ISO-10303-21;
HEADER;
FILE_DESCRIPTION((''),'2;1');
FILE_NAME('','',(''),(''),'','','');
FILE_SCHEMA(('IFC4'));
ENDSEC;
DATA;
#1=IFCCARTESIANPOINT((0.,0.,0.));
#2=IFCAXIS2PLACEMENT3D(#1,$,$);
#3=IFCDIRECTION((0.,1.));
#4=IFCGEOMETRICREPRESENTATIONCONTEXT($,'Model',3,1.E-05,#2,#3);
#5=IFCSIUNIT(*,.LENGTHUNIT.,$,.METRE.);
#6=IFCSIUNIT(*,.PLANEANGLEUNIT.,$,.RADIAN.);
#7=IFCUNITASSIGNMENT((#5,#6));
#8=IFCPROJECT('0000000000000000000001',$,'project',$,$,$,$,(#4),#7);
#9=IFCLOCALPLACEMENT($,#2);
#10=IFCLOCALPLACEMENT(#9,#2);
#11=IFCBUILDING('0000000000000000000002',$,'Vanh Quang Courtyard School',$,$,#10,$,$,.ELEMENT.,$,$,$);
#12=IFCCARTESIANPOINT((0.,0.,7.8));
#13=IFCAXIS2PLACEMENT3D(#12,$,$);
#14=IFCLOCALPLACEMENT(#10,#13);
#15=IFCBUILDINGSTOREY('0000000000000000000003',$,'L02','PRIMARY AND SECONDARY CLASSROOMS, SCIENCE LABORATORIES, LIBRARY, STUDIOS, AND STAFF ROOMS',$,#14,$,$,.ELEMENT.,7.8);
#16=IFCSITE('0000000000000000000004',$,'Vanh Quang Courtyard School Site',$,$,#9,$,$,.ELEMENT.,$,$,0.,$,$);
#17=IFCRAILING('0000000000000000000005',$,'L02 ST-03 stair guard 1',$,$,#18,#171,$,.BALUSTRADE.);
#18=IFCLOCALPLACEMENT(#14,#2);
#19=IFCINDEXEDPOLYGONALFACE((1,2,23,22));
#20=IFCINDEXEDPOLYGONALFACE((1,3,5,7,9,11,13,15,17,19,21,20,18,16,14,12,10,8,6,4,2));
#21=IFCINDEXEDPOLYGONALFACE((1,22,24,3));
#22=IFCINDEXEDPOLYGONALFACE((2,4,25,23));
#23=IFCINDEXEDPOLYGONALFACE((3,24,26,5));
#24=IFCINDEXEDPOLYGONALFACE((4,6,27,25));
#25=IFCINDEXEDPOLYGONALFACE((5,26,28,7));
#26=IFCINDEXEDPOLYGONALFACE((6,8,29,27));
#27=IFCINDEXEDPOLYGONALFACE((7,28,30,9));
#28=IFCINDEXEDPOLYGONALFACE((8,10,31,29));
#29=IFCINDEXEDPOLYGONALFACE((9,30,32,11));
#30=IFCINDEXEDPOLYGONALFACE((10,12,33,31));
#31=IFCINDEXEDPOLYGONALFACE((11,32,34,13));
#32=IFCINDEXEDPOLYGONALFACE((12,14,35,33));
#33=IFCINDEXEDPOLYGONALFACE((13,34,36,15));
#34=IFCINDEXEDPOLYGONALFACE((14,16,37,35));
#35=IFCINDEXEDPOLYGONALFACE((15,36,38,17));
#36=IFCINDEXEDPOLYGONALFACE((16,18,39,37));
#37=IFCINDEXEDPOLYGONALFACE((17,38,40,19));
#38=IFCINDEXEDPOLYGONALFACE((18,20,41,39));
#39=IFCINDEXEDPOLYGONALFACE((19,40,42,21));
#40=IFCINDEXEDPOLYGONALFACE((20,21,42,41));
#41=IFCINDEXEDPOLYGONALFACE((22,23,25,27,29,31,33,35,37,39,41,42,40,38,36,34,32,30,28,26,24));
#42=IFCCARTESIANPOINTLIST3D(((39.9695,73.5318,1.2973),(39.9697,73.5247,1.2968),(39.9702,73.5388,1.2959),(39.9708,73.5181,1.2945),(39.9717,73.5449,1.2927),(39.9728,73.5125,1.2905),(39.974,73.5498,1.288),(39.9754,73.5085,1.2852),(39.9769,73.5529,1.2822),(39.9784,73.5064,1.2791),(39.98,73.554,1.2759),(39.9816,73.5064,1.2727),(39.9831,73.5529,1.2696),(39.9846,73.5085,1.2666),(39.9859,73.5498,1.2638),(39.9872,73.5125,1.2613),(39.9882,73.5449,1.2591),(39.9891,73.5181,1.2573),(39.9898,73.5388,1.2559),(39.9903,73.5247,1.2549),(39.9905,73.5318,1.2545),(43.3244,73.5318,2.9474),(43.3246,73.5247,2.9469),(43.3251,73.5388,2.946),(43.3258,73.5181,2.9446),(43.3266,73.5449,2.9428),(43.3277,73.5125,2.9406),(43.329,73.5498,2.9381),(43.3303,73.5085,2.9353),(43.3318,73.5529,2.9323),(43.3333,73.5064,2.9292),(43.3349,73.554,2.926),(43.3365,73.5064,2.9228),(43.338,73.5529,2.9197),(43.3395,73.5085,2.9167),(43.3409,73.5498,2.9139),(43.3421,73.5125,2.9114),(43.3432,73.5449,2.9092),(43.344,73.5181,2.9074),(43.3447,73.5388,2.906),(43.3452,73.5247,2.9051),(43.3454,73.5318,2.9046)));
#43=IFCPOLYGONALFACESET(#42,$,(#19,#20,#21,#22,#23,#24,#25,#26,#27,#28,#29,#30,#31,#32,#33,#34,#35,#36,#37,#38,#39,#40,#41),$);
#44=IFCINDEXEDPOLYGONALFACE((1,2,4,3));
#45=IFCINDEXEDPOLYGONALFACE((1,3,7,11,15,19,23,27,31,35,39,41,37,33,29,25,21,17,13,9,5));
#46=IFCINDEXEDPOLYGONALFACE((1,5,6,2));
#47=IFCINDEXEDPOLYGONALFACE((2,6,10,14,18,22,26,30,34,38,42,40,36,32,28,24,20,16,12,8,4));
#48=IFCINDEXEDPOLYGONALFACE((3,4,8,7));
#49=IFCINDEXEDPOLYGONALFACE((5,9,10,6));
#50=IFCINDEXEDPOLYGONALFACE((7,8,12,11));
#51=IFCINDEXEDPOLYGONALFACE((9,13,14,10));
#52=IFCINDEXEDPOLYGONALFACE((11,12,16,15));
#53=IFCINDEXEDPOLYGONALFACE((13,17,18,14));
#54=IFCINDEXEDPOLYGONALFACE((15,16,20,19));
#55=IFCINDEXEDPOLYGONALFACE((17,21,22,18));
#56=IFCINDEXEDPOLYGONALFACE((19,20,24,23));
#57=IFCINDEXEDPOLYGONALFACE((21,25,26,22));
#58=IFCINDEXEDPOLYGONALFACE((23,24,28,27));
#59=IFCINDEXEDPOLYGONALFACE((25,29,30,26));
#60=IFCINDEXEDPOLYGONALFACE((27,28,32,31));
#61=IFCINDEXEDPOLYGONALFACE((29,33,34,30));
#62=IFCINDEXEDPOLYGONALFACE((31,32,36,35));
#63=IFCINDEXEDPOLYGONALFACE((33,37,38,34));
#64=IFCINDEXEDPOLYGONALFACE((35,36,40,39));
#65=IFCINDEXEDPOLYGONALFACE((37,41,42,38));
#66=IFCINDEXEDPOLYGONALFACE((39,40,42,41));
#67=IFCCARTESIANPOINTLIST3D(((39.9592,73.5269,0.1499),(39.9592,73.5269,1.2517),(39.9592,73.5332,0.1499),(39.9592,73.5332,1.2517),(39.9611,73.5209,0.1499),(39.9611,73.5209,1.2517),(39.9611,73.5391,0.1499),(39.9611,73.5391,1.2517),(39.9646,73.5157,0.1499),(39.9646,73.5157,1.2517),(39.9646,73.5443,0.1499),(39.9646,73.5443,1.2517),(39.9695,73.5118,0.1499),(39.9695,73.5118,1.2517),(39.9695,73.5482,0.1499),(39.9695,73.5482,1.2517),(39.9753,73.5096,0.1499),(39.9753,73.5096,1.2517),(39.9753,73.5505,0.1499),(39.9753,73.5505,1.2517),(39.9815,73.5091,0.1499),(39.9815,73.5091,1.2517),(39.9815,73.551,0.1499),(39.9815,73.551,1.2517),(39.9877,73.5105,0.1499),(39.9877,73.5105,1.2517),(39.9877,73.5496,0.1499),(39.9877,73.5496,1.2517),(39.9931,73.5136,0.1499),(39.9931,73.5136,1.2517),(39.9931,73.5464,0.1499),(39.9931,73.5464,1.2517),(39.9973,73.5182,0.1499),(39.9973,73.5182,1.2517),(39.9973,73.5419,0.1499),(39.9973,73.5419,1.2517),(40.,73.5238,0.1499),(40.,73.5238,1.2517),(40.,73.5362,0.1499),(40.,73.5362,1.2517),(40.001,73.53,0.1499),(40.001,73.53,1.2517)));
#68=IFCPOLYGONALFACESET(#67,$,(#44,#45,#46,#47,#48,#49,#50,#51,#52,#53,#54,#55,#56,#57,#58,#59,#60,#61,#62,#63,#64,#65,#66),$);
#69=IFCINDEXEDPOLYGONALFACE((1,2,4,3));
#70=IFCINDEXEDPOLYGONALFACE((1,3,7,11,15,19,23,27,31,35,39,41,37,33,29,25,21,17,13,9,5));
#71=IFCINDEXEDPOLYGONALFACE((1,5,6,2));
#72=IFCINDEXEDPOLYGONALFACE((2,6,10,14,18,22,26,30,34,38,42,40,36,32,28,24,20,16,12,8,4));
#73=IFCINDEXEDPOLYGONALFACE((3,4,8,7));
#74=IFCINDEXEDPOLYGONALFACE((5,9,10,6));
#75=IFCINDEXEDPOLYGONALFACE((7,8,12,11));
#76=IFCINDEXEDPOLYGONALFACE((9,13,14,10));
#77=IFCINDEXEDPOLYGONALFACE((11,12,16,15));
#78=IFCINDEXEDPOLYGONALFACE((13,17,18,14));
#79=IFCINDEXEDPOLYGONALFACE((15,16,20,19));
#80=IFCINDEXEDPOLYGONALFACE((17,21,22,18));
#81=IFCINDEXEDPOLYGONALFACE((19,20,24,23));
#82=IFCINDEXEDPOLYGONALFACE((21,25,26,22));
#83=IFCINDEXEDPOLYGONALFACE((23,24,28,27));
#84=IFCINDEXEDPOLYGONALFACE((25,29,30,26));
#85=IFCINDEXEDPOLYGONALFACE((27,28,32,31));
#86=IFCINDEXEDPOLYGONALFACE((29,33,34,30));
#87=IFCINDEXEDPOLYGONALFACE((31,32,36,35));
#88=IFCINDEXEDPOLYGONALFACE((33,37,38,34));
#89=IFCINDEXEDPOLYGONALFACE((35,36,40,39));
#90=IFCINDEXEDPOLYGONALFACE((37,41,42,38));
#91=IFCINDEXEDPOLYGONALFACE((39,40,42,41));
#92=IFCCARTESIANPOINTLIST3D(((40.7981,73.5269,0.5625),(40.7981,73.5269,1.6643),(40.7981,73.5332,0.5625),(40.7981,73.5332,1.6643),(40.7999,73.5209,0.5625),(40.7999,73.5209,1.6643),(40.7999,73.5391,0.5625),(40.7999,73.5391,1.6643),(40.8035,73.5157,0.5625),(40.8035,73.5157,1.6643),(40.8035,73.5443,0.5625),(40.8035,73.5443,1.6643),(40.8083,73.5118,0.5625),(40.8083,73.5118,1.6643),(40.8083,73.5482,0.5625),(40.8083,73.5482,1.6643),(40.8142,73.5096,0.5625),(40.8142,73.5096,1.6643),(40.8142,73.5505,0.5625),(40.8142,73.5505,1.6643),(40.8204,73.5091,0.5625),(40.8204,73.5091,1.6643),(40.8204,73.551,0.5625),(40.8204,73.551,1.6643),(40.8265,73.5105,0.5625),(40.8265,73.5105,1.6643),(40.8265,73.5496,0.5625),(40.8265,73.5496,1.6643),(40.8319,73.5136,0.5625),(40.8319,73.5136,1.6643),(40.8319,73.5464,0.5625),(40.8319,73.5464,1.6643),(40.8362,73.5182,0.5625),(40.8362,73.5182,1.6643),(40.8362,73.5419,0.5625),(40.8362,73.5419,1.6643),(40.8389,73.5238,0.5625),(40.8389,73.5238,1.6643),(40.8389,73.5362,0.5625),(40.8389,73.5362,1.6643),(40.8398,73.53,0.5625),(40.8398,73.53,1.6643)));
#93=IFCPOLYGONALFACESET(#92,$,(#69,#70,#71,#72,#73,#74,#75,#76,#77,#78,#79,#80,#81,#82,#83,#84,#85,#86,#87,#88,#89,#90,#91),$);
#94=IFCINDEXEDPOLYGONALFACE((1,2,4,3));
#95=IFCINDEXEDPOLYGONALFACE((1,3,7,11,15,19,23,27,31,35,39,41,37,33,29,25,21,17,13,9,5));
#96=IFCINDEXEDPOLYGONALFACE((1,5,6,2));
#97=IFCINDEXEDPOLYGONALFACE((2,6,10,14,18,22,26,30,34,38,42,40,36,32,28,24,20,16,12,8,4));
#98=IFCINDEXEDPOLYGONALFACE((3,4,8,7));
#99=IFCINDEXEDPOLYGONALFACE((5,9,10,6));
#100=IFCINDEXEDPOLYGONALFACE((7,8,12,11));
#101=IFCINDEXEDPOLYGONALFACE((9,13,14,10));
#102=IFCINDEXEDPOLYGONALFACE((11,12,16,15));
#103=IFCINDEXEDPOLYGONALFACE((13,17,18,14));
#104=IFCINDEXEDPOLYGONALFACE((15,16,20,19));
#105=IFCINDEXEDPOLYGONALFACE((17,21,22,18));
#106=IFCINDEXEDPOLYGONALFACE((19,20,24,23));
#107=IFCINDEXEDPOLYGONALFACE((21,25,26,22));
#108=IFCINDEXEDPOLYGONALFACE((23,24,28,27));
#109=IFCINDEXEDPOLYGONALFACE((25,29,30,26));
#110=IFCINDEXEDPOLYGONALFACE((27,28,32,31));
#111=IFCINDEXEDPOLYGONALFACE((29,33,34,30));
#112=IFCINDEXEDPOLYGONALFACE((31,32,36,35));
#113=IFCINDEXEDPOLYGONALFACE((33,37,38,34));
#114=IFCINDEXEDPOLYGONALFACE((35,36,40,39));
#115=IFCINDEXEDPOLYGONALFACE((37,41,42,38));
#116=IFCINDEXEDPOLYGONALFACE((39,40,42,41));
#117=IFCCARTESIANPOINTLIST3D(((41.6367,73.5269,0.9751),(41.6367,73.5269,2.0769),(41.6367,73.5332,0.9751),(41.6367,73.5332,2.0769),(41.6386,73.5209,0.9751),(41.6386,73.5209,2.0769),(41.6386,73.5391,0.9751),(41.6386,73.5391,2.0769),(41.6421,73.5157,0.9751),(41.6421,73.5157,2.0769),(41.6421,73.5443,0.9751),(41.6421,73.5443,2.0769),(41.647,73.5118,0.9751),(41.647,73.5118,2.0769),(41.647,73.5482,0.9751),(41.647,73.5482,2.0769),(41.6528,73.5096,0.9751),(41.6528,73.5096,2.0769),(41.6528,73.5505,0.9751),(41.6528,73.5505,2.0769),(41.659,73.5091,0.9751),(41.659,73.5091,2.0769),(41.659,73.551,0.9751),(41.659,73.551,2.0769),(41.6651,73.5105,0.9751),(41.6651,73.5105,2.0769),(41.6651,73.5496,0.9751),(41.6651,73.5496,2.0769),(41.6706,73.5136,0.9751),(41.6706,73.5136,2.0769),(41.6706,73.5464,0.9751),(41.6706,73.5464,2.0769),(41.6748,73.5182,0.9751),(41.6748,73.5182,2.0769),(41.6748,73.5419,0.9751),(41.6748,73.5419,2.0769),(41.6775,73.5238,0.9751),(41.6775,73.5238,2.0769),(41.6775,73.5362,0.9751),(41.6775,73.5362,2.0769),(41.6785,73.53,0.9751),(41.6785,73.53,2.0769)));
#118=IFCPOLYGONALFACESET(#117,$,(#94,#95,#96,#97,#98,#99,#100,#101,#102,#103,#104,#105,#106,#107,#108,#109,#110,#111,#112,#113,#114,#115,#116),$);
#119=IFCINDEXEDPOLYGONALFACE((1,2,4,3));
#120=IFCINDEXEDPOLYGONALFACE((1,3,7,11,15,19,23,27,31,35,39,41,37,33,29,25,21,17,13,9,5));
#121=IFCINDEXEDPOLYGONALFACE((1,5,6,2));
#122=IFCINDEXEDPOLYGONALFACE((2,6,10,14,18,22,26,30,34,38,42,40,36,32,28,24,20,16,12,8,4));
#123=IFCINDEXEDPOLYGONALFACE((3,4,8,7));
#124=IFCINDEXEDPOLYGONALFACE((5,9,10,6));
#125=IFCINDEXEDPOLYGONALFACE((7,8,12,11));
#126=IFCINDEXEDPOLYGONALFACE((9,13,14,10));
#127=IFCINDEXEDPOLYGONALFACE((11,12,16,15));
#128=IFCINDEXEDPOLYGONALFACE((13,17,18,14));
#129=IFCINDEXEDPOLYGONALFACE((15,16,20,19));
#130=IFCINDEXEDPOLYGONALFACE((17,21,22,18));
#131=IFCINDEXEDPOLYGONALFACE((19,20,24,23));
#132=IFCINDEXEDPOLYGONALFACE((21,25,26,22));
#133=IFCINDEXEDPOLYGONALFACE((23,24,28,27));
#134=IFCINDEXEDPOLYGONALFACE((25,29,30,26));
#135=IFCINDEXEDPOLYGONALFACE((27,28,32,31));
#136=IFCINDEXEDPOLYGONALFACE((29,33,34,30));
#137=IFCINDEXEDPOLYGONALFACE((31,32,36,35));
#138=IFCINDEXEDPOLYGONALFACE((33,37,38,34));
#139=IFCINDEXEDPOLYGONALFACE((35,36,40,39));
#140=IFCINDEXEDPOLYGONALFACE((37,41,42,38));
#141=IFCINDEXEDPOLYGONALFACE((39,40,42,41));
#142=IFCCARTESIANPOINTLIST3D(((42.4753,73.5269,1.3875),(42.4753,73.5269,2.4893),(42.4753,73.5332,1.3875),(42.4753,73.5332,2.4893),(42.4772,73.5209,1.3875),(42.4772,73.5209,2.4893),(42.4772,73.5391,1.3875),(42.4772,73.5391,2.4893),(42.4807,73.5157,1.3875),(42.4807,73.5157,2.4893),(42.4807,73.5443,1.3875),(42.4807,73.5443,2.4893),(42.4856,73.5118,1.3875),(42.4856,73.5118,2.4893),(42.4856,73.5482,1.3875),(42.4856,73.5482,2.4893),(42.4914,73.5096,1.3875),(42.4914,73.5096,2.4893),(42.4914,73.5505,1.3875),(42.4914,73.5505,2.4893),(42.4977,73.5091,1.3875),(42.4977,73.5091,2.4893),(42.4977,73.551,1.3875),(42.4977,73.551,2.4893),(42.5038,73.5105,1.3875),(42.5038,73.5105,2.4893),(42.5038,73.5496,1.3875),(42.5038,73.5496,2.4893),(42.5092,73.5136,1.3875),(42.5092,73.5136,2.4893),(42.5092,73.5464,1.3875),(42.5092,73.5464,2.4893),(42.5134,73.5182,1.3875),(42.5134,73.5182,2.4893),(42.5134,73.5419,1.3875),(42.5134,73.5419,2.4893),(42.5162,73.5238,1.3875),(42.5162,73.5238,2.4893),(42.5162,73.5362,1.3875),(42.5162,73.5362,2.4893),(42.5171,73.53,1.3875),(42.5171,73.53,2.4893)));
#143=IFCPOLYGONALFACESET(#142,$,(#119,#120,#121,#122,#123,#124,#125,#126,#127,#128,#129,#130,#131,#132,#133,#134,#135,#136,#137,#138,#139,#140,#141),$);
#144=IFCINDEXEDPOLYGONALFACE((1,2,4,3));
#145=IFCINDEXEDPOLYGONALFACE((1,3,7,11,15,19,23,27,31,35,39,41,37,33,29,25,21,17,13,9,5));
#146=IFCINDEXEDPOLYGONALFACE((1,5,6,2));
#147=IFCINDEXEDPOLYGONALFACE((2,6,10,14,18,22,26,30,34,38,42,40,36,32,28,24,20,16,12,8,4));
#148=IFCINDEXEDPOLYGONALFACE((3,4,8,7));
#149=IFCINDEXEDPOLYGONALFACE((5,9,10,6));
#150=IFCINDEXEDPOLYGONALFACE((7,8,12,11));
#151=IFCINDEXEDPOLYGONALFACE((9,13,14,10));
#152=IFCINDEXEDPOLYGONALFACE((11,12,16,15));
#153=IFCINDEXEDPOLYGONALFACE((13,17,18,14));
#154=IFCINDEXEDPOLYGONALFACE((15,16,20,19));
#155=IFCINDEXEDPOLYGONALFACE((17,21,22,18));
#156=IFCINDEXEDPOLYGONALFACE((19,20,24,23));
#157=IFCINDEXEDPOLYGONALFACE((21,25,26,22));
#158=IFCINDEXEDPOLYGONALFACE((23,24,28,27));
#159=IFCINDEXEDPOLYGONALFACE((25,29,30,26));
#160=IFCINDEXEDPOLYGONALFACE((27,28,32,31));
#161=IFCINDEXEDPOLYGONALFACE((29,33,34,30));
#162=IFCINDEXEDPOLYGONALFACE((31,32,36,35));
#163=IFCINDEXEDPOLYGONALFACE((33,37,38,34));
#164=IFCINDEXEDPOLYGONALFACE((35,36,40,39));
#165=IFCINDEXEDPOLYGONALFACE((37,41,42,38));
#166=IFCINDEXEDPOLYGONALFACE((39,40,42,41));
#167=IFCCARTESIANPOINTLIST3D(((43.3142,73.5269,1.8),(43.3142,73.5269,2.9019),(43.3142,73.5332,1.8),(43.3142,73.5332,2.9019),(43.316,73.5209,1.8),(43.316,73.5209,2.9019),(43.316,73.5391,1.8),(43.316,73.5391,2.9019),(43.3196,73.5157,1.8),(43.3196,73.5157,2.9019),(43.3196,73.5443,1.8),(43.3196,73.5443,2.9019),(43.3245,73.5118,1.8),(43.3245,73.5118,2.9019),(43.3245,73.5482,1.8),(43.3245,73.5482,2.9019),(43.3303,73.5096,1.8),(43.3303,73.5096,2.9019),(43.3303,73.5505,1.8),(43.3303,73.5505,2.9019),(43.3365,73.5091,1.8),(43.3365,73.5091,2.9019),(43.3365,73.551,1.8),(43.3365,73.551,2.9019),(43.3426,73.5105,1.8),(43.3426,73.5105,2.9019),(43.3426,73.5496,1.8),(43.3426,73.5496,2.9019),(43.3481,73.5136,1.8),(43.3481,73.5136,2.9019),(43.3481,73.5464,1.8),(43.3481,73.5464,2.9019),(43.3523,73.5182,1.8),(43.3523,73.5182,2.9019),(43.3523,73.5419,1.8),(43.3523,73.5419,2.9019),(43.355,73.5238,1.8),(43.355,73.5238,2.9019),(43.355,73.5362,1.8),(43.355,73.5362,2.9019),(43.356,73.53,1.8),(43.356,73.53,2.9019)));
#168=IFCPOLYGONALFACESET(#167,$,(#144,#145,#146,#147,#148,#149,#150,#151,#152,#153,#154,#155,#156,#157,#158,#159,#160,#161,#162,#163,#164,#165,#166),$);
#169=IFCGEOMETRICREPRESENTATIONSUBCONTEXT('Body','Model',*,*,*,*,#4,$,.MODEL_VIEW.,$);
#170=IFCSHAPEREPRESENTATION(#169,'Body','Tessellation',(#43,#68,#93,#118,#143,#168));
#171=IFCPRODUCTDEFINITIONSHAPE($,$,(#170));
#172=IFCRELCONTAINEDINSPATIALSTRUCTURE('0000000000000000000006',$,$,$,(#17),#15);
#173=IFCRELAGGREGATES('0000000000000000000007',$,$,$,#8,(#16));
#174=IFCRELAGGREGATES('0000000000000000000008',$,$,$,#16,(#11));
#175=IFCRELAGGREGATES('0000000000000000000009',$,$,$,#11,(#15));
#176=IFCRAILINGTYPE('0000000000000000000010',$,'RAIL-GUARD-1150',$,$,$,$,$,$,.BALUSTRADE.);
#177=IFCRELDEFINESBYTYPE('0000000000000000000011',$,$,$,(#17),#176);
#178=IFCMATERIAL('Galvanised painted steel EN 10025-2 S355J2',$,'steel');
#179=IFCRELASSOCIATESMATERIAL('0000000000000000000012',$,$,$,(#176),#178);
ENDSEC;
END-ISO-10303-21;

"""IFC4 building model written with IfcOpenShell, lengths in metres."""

from ifc_helpers import new_model, si_unit, direction, frame, origin, origin_2d, place, context, subcontext, project, spatial, circle, extrude, material, type_object, element, save


model = new_model("IFC4")

# Units and contexts
model_context = context("Model", 3, precision=1e-05, world=origin(), true_north=direction((0.0, 1.0)))
body_context = subcontext(model_context, "Body", "Model", "MODEL_VIEW")
ifc_project = project(units=[si_unit("LENGTHUNIT", "METRE"), si_unit("PLANEANGLEUNIT", "RADIAN")], contexts=[model_context])

# Site, building, storey
site_placement = place(None, origin())
site = spatial("IfcSite", under=ifc_project, at=site_placement, Name="Vanh Quang Courtyard School Site", CompositionType="ELEMENT", RefElevation=0.0)
building_placement = place(site_placement, origin())
building = spatial("IfcBuilding", under=site, at=building_placement, Name="Vanh Quang Courtyard School", CompositionType="ELEMENT")
storey_placement = place(building_placement, frame((0.0, 0.0, 7.8)))
storey = spatial("IfcBuildingStorey", under=building, at=storey_placement, Name="L02", Description="PRIMARY AND SECONDARY CLASSROOMS, SCIENCE LABORATORIES, LIBRARY, STUDIOS, AND STAFF ROOMS", CompositionType="ELEMENT", Elevation=7.8)

# Railing
ifc_material_1 = material(Name="Galvanised painted steel EN 10025-2 S355J2", Category="steel")
railing_type_1 = type_object("IfcRailingType", Name="RAIL-GUARD-1150", PredefinedType="BALUSTRADE", material=ifc_material_1)
railing_1_placement = place(storey_placement, frame((39.98, 73.53, 0.1499)))
element("IfcRailing", 1, at=railing_1_placement, inside=storey, type_object=railing_type_1, Name="L02 ST-03 stair guard 1", PredefinedType="BALUSTRADE", context=body_context, shape_type="SweptSolid", body=[
    extrude(circle(Radius=0.0239, at=origin_2d()), frame((0.0, 0.0, 1.126), z_axis=(0.897333, 0.0, 0.441353), x_axis=(0.0, 1.0, 0.0)), (0.0, 0.0, 1.0), 3.7388),
    extrude(circle(Radius=0.021, at=origin_2d()), origin(), (0.0, 0.0, 1.0), 1.1018),
    extrude(circle(Radius=0.021, at=origin_2d()), frame((0.8389, 0.0, 0.4126)), (0.0, 0.0, 1.0), 1.1018),
    extrude(circle(Radius=0.021, at=origin_2d()), frame((1.6775, 0.0, 0.8252)), (0.0, 0.0, 1.0), 1.1018),
    extrude(circle(Radius=0.021, at=origin_2d()), frame((2.5161, 0.0, 1.2375)), (0.0, 0.0, 1.0), 1.1018),
    extrude(circle(Radius=0.021, at=origin_2d()), frame((3.355, 0.0, 1.6501)), (0.0, 0.0, 1.0), 1.1018),
])

save(model, "model.ifc")
